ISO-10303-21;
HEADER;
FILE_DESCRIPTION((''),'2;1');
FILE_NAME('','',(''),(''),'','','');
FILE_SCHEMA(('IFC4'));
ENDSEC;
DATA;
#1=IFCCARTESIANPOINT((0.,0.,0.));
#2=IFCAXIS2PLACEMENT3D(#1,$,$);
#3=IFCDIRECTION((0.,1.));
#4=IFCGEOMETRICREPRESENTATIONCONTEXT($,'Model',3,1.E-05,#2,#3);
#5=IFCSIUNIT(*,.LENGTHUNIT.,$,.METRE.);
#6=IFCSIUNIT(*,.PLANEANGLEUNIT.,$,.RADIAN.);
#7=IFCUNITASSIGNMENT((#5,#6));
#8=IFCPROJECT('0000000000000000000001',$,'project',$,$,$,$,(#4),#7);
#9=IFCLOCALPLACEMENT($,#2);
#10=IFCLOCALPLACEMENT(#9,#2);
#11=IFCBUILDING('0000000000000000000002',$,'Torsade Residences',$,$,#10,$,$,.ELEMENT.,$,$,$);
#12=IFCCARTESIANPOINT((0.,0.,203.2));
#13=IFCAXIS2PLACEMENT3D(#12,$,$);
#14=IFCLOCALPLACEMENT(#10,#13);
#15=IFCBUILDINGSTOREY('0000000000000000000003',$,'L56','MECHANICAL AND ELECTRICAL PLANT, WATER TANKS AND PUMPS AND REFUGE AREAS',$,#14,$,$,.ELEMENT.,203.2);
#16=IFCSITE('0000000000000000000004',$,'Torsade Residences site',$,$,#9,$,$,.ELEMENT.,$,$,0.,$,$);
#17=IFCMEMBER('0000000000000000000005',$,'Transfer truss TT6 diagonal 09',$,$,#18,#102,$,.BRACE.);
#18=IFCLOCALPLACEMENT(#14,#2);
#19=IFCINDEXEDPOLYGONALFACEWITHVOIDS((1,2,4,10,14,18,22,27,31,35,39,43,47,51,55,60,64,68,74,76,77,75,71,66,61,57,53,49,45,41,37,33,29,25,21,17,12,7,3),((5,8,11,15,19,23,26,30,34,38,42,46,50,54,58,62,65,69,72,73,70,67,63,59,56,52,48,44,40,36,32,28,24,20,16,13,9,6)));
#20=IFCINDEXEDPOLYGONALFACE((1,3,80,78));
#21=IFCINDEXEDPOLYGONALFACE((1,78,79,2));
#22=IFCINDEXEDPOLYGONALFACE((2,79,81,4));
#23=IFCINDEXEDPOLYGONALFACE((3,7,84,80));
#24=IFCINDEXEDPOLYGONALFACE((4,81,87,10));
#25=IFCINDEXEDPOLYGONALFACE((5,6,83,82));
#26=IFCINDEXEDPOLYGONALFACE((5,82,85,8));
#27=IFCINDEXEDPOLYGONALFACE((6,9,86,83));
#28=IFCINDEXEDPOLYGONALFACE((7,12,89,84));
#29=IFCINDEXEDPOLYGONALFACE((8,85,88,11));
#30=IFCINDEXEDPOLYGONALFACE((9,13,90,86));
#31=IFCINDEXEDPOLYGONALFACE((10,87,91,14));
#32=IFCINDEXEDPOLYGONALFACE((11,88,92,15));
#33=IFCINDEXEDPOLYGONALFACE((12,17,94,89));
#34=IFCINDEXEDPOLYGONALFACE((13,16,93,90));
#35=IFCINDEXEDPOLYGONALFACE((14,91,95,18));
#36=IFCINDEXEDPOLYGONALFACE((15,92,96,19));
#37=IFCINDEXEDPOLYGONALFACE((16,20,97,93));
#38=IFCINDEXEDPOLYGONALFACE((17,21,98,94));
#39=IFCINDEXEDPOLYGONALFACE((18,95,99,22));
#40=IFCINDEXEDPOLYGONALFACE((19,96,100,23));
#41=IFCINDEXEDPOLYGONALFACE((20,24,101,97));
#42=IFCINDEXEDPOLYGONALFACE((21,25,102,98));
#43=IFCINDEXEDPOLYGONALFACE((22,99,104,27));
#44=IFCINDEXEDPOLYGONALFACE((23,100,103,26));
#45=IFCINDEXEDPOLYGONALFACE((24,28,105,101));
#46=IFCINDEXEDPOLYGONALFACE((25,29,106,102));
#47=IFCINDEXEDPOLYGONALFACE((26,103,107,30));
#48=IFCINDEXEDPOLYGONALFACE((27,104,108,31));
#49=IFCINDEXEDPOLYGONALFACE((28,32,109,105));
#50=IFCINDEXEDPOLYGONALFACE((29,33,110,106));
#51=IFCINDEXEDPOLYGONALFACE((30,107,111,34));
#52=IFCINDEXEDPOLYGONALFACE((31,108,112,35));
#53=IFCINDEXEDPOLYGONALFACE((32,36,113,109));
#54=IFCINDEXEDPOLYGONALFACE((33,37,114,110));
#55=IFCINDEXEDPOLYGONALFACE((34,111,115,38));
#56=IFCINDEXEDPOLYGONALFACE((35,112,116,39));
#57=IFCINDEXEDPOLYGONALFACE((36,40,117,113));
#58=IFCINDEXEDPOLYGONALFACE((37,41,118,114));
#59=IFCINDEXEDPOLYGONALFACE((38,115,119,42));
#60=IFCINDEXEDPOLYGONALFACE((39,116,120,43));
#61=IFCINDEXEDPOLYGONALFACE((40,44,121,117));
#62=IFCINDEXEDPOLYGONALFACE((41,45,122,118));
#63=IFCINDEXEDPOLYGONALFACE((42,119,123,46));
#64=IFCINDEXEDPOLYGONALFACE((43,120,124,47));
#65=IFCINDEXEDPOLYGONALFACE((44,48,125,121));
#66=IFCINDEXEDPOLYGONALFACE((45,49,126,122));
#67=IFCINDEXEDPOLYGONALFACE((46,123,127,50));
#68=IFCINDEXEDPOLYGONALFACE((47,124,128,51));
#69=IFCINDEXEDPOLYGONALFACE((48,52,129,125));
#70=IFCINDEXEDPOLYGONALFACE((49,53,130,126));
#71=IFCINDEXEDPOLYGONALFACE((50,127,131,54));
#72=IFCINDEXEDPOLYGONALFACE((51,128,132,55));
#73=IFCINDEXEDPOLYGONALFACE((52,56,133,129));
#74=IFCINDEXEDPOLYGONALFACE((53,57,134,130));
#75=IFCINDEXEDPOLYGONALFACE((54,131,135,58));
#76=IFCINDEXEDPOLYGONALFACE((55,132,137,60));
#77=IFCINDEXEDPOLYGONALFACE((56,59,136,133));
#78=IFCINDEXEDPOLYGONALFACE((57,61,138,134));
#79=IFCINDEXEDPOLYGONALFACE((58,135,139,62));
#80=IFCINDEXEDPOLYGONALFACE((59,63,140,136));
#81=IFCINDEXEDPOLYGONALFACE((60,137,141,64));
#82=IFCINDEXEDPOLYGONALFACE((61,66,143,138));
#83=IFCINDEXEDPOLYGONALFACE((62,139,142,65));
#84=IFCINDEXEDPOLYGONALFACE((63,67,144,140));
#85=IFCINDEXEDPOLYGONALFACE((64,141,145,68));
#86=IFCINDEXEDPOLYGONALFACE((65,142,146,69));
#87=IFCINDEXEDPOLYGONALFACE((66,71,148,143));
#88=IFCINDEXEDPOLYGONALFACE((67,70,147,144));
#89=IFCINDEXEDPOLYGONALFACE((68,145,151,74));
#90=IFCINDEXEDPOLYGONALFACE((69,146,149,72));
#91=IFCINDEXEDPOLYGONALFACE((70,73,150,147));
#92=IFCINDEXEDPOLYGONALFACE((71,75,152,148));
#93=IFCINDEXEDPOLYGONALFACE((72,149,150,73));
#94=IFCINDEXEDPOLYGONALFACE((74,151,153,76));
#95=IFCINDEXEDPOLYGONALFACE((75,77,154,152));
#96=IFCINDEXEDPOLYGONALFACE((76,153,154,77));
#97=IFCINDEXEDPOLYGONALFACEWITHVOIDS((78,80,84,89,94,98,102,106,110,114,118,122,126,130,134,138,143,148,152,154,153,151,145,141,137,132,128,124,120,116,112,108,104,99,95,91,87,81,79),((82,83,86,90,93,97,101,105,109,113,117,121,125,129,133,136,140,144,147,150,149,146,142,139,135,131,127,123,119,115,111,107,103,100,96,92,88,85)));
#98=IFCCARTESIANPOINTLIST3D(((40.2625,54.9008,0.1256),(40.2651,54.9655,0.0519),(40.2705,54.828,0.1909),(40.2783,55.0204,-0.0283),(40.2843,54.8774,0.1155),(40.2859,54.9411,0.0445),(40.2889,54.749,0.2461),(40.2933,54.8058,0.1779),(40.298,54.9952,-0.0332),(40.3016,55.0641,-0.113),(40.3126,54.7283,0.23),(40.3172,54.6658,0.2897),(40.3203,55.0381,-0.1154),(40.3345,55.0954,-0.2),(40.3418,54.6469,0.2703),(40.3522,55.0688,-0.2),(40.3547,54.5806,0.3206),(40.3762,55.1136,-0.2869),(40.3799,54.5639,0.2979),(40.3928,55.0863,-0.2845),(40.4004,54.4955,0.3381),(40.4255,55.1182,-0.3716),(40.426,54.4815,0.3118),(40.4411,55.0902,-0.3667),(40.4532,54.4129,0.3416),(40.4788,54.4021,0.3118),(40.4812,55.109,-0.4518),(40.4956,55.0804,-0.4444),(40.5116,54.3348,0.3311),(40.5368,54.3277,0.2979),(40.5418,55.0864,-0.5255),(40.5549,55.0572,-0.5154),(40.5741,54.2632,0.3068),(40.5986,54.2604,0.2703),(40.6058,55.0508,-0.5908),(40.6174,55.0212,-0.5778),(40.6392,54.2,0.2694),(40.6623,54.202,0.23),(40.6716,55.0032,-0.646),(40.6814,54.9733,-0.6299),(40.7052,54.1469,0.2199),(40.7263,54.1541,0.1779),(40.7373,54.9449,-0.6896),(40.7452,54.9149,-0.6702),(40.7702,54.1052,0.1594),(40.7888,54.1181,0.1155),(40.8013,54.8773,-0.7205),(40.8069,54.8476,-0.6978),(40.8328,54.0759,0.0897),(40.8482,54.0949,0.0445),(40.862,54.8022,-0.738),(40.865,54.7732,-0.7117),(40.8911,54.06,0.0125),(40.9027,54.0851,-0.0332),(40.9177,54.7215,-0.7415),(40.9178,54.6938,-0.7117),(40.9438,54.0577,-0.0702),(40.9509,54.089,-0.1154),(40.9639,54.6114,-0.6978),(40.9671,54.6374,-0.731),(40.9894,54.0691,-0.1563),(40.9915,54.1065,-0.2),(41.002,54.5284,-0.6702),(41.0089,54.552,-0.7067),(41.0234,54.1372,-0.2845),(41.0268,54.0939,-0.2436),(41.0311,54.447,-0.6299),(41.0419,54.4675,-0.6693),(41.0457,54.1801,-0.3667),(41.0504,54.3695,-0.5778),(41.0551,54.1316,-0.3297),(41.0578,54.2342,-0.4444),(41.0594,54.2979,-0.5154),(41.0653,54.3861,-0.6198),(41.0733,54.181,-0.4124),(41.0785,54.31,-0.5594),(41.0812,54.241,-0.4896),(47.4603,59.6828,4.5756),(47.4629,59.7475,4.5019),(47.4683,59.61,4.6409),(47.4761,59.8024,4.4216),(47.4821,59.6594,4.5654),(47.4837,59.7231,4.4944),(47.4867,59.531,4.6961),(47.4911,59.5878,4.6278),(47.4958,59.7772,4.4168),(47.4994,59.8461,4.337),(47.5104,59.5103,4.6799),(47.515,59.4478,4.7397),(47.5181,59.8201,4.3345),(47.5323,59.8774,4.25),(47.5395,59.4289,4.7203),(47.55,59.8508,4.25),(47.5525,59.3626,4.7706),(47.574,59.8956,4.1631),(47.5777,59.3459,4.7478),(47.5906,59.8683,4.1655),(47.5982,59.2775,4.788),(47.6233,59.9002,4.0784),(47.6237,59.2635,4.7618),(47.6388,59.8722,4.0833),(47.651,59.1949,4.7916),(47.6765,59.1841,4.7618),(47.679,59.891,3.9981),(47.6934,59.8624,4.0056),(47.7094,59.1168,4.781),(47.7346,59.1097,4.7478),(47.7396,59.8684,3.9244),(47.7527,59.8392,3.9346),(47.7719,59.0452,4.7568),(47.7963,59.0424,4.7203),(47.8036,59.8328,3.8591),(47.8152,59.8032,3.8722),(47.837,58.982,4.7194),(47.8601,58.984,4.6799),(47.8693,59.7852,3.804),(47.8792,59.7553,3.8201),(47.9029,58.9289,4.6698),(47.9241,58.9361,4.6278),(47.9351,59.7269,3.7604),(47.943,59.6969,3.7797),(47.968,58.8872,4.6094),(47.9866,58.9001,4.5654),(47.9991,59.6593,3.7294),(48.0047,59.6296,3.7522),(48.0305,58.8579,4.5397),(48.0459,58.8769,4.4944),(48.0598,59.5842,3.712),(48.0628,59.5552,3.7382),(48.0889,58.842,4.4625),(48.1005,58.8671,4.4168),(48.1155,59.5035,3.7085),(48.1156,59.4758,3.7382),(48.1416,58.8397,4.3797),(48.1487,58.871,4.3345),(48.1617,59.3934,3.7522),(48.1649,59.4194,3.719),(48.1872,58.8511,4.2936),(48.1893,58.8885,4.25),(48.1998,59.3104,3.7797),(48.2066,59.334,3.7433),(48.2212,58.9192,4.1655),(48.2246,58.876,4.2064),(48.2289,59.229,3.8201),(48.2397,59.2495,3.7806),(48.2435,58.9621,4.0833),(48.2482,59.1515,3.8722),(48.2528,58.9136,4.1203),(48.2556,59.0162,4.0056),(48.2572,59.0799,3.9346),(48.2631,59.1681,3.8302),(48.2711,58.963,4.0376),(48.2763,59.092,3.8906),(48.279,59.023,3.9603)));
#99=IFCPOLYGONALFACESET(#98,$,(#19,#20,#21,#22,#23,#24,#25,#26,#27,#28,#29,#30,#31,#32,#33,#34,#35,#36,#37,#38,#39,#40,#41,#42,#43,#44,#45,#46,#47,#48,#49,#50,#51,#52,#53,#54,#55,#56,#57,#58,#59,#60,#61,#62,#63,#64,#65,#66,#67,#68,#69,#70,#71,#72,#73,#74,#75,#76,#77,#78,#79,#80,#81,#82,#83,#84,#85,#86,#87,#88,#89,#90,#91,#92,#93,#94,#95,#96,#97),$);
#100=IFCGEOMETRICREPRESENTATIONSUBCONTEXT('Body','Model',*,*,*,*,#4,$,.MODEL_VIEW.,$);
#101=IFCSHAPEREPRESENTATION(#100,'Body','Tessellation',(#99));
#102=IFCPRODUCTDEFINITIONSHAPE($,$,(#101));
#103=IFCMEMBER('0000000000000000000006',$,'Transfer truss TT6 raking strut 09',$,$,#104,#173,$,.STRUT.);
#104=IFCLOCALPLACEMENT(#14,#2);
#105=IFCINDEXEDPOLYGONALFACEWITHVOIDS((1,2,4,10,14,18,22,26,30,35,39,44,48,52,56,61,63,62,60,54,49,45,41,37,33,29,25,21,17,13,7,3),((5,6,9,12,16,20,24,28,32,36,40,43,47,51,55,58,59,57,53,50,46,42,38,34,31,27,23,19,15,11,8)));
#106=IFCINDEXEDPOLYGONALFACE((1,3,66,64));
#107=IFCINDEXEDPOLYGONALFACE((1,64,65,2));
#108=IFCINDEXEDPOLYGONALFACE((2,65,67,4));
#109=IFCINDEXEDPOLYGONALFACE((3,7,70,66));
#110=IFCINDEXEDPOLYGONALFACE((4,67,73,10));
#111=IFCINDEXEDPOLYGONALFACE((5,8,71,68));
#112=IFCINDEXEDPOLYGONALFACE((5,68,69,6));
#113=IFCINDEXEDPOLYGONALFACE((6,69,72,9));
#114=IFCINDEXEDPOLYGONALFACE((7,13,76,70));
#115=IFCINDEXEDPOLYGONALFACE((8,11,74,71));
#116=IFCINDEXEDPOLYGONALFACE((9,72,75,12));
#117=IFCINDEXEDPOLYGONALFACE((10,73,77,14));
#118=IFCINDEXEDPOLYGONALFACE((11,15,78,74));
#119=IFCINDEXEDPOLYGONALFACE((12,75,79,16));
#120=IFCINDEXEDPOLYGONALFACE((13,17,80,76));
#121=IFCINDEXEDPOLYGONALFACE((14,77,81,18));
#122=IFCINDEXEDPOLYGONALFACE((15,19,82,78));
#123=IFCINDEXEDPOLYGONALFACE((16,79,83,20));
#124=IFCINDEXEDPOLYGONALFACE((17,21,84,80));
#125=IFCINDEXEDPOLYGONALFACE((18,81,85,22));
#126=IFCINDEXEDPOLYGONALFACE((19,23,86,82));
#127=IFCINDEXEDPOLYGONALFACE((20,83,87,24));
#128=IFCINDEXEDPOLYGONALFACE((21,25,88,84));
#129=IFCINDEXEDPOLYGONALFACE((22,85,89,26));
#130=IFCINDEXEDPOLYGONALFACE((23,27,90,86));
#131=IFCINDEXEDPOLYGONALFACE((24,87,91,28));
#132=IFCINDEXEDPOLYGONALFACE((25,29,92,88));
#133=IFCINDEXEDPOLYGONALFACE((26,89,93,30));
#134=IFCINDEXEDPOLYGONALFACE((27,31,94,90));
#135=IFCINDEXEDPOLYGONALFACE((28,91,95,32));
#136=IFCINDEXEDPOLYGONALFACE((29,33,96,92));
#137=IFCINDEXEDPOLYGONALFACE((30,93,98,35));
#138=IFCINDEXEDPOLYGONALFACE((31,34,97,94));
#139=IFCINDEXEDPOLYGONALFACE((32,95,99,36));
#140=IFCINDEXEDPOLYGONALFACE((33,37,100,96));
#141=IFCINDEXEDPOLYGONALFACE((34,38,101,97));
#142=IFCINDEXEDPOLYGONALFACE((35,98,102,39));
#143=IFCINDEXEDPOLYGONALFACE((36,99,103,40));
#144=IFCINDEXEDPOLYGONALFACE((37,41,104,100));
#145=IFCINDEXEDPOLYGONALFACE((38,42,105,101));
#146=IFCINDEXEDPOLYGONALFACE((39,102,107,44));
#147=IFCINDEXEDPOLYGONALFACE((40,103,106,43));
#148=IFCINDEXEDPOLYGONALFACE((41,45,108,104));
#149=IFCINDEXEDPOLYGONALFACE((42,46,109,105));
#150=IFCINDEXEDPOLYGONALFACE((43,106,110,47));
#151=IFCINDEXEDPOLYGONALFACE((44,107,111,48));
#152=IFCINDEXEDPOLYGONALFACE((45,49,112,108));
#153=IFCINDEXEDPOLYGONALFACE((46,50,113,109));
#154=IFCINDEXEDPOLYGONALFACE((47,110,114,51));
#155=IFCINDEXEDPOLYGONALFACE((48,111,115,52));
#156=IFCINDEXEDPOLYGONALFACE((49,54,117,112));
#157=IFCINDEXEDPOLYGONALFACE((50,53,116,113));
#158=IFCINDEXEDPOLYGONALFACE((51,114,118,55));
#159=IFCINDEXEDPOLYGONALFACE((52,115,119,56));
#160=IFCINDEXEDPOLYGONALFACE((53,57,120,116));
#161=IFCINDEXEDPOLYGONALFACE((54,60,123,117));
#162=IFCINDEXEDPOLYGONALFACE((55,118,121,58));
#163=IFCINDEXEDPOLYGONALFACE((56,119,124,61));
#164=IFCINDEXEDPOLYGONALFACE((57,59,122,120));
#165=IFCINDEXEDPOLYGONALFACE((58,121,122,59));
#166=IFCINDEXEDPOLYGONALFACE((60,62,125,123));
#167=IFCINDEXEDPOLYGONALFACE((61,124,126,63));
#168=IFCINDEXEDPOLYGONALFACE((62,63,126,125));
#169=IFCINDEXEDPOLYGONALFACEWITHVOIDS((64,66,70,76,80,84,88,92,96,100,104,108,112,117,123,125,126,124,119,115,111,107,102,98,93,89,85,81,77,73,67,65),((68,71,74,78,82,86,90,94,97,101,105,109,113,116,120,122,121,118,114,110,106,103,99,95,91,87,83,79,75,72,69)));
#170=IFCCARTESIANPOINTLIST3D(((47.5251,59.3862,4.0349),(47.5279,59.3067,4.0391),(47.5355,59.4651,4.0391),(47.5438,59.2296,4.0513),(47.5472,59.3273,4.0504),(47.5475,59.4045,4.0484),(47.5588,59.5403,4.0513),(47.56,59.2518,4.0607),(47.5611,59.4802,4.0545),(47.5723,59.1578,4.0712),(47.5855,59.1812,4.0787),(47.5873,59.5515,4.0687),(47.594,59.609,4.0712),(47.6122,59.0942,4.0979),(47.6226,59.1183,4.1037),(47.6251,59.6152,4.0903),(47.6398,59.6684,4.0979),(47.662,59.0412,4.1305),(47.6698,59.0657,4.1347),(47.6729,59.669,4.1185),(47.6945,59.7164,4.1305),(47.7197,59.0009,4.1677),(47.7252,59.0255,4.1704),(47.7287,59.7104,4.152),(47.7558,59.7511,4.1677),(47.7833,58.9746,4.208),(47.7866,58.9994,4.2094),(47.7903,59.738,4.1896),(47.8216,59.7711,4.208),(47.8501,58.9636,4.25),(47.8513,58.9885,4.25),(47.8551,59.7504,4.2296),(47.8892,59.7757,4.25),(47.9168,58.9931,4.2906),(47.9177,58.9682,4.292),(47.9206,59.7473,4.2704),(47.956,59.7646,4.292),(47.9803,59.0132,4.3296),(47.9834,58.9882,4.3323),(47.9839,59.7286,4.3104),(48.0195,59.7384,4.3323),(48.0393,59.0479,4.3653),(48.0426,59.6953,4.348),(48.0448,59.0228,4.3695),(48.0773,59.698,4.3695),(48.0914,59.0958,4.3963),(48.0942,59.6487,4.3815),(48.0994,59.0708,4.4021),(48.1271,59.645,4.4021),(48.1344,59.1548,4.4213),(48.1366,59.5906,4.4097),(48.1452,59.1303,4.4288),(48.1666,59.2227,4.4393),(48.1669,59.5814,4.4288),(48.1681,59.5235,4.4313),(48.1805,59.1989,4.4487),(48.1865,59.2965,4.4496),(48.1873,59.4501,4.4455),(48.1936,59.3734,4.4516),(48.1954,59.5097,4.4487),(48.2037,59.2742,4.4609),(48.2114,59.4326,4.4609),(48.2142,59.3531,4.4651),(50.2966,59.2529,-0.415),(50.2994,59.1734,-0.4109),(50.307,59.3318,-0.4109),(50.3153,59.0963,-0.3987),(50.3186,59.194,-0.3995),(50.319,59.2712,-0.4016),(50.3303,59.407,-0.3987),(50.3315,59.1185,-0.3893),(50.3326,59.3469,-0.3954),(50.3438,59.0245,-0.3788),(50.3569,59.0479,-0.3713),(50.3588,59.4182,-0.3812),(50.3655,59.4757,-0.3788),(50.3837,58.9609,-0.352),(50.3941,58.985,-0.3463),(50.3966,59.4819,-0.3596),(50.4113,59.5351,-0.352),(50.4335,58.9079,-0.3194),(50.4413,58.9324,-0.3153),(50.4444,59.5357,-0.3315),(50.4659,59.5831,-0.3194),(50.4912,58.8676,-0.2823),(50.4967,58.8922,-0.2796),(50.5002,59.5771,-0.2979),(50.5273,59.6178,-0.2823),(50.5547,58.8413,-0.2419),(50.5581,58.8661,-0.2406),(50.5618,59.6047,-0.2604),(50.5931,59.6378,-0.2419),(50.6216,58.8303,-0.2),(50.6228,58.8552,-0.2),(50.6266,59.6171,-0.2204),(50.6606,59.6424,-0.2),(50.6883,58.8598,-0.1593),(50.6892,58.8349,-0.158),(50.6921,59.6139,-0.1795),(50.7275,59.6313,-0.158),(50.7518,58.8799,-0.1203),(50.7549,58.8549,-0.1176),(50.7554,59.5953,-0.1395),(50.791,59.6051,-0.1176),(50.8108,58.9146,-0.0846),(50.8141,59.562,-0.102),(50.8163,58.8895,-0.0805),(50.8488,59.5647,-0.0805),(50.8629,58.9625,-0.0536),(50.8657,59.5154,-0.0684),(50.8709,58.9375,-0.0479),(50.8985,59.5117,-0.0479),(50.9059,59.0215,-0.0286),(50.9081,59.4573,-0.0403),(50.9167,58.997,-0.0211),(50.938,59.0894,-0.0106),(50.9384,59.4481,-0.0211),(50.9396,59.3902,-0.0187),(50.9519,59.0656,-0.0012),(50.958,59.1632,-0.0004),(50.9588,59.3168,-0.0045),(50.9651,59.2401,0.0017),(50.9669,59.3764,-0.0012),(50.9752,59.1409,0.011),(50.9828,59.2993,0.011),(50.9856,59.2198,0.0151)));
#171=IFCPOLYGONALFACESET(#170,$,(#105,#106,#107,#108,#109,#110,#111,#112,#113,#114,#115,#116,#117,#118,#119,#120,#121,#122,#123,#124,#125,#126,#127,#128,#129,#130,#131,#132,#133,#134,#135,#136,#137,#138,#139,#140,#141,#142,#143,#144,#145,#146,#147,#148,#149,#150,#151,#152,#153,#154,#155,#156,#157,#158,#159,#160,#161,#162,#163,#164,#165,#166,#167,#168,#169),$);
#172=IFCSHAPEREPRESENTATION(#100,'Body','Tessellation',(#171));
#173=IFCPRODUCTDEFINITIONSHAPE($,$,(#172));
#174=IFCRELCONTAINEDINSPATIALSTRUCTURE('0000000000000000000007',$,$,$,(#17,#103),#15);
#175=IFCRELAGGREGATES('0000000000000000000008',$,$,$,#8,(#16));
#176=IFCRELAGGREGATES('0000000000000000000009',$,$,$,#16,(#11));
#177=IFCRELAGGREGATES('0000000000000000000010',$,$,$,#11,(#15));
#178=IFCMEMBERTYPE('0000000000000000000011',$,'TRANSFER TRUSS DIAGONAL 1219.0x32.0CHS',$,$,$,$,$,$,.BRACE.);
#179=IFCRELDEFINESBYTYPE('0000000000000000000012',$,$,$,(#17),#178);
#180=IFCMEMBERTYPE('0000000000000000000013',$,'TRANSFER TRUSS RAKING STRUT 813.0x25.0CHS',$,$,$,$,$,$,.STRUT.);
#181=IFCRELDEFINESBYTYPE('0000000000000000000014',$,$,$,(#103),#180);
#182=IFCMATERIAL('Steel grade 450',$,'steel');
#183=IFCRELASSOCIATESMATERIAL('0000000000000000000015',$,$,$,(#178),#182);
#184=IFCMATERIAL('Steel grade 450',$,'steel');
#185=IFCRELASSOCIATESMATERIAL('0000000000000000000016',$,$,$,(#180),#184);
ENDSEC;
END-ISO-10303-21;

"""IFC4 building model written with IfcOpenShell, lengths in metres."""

from ifc_helpers import new_model, si_unit, direction, frame, origin, origin_2d, place, context, subcontext, project, spatial, hollow_circle, extrude, material, material_profile, profile_set, type_object, element, save


model = new_model("IFC4")

# Units and contexts
model_context = context("Model", 3, precision=1e-05, world=origin(), true_north=direction((0.0, 1.0)))
body_context = subcontext(model_context, "Body", "Model", "MODEL_VIEW")
ifc_project = project(units=[si_unit("LENGTHUNIT", "METRE"), si_unit("PLANEANGLEUNIT", "RADIAN")], contexts=[model_context])

# Site, building, storey
site_placement = place(None, origin())
site = spatial("IfcSite", under=ifc_project, at=site_placement, Name="Torsade Residences site", CompositionType="ELEMENT", RefElevation=0.0)
building_placement = place(site_placement, origin())
building = spatial("IfcBuilding", under=site, at=building_placement, Name="Torsade Residences", CompositionType="ELEMENT")
storey_placement = place(building_placement, frame((0.0, 0.0, 203.2)))
storey = spatial("IfcBuildingStorey", under=building, at=storey_placement, Name="L56", Description="MECHANICAL AND ELECTRICAL PLANT, WATER TANKS AND PUMPS AND REFUGE AREAS", CompositionType="ELEMENT", Elevation=203.2)

# Members
ifc_material_1 = material(Name="Steel grade 450", Category="steel")
ifc_material_profile_1 = material_profile(ifc_material_1, hollow_circle(Radius=0.6096, WallThickness=0.032, at=origin_2d()), Name="1219.0x32.0CHS")
ifc_profile_set_1 = profile_set([ifc_material_profile_1], Name="Steel grade 450")
member_type_1 = type_object("IfcMemberType", Name="TRANSFER TRUSS DIAGONAL 1219.0x32.0CHS", PredefinedType="BRACE", material=ifc_profile_set_1)
member_1_placement = place(storey_placement, frame((40.6719, 54.5876, -0.2), z_axis=(0.740515, 0.491977, 0.457817), x_axis=(-0.553376, 0.832932, 0.0)))
element("IfcMember", 1, at=member_1_placement, inside=storey, type_object=member_type_1, Name="Transfer truss TT6 diagonal 09", PredefinedType="BRACE", context=body_context, shape_type="SweptSolid", body=[
    extrude(hollow_circle(Radius=0.6096, WallThickness=0.032, at=origin_2d()), origin(), (0.0, 0.0, 1.0), 9.72),
])
ifc_material_2 = material(Name="Steel grade 450", Category="steel")
ifc_material_profile_2 = material_profile(ifc_material_2, hollow_circle(Radius=0.4065, WallThickness=0.0249, at=origin_2d()), Name="813.0x25.0CHS")
ifc_profile_set_2 = profile_set([ifc_material_profile_2], Name="Steel grade 450")
member_type_2 = type_object("IfcMemberType", Name="TRANSFER TRUSS RAKING STRUT 813.0x25.0CHS", PredefinedType="STRUT", material=ifc_profile_set_2)
member_2_placement = place(storey_placement, frame((50.6411, 59.2363, -0.2), z_axis=(-0.528492, 0.025419, 0.848558), x_axis=(-0.048042, -0.998845, 0.0)))
element("IfcMember", 2, at=member_2_placement, inside=storey, type_object=member_type_2, Name="Transfer truss TT6 raking strut 09", PredefinedType="STRUT", context=body_context, shape_type="SweptSolid", body=[
    extrude(hollow_circle(Radius=0.4065, WallThickness=0.0249, at=origin_2d()), origin(), (0.0, 0.0, 1.0), 5.2441),
])

save(model, "model.ifc")
